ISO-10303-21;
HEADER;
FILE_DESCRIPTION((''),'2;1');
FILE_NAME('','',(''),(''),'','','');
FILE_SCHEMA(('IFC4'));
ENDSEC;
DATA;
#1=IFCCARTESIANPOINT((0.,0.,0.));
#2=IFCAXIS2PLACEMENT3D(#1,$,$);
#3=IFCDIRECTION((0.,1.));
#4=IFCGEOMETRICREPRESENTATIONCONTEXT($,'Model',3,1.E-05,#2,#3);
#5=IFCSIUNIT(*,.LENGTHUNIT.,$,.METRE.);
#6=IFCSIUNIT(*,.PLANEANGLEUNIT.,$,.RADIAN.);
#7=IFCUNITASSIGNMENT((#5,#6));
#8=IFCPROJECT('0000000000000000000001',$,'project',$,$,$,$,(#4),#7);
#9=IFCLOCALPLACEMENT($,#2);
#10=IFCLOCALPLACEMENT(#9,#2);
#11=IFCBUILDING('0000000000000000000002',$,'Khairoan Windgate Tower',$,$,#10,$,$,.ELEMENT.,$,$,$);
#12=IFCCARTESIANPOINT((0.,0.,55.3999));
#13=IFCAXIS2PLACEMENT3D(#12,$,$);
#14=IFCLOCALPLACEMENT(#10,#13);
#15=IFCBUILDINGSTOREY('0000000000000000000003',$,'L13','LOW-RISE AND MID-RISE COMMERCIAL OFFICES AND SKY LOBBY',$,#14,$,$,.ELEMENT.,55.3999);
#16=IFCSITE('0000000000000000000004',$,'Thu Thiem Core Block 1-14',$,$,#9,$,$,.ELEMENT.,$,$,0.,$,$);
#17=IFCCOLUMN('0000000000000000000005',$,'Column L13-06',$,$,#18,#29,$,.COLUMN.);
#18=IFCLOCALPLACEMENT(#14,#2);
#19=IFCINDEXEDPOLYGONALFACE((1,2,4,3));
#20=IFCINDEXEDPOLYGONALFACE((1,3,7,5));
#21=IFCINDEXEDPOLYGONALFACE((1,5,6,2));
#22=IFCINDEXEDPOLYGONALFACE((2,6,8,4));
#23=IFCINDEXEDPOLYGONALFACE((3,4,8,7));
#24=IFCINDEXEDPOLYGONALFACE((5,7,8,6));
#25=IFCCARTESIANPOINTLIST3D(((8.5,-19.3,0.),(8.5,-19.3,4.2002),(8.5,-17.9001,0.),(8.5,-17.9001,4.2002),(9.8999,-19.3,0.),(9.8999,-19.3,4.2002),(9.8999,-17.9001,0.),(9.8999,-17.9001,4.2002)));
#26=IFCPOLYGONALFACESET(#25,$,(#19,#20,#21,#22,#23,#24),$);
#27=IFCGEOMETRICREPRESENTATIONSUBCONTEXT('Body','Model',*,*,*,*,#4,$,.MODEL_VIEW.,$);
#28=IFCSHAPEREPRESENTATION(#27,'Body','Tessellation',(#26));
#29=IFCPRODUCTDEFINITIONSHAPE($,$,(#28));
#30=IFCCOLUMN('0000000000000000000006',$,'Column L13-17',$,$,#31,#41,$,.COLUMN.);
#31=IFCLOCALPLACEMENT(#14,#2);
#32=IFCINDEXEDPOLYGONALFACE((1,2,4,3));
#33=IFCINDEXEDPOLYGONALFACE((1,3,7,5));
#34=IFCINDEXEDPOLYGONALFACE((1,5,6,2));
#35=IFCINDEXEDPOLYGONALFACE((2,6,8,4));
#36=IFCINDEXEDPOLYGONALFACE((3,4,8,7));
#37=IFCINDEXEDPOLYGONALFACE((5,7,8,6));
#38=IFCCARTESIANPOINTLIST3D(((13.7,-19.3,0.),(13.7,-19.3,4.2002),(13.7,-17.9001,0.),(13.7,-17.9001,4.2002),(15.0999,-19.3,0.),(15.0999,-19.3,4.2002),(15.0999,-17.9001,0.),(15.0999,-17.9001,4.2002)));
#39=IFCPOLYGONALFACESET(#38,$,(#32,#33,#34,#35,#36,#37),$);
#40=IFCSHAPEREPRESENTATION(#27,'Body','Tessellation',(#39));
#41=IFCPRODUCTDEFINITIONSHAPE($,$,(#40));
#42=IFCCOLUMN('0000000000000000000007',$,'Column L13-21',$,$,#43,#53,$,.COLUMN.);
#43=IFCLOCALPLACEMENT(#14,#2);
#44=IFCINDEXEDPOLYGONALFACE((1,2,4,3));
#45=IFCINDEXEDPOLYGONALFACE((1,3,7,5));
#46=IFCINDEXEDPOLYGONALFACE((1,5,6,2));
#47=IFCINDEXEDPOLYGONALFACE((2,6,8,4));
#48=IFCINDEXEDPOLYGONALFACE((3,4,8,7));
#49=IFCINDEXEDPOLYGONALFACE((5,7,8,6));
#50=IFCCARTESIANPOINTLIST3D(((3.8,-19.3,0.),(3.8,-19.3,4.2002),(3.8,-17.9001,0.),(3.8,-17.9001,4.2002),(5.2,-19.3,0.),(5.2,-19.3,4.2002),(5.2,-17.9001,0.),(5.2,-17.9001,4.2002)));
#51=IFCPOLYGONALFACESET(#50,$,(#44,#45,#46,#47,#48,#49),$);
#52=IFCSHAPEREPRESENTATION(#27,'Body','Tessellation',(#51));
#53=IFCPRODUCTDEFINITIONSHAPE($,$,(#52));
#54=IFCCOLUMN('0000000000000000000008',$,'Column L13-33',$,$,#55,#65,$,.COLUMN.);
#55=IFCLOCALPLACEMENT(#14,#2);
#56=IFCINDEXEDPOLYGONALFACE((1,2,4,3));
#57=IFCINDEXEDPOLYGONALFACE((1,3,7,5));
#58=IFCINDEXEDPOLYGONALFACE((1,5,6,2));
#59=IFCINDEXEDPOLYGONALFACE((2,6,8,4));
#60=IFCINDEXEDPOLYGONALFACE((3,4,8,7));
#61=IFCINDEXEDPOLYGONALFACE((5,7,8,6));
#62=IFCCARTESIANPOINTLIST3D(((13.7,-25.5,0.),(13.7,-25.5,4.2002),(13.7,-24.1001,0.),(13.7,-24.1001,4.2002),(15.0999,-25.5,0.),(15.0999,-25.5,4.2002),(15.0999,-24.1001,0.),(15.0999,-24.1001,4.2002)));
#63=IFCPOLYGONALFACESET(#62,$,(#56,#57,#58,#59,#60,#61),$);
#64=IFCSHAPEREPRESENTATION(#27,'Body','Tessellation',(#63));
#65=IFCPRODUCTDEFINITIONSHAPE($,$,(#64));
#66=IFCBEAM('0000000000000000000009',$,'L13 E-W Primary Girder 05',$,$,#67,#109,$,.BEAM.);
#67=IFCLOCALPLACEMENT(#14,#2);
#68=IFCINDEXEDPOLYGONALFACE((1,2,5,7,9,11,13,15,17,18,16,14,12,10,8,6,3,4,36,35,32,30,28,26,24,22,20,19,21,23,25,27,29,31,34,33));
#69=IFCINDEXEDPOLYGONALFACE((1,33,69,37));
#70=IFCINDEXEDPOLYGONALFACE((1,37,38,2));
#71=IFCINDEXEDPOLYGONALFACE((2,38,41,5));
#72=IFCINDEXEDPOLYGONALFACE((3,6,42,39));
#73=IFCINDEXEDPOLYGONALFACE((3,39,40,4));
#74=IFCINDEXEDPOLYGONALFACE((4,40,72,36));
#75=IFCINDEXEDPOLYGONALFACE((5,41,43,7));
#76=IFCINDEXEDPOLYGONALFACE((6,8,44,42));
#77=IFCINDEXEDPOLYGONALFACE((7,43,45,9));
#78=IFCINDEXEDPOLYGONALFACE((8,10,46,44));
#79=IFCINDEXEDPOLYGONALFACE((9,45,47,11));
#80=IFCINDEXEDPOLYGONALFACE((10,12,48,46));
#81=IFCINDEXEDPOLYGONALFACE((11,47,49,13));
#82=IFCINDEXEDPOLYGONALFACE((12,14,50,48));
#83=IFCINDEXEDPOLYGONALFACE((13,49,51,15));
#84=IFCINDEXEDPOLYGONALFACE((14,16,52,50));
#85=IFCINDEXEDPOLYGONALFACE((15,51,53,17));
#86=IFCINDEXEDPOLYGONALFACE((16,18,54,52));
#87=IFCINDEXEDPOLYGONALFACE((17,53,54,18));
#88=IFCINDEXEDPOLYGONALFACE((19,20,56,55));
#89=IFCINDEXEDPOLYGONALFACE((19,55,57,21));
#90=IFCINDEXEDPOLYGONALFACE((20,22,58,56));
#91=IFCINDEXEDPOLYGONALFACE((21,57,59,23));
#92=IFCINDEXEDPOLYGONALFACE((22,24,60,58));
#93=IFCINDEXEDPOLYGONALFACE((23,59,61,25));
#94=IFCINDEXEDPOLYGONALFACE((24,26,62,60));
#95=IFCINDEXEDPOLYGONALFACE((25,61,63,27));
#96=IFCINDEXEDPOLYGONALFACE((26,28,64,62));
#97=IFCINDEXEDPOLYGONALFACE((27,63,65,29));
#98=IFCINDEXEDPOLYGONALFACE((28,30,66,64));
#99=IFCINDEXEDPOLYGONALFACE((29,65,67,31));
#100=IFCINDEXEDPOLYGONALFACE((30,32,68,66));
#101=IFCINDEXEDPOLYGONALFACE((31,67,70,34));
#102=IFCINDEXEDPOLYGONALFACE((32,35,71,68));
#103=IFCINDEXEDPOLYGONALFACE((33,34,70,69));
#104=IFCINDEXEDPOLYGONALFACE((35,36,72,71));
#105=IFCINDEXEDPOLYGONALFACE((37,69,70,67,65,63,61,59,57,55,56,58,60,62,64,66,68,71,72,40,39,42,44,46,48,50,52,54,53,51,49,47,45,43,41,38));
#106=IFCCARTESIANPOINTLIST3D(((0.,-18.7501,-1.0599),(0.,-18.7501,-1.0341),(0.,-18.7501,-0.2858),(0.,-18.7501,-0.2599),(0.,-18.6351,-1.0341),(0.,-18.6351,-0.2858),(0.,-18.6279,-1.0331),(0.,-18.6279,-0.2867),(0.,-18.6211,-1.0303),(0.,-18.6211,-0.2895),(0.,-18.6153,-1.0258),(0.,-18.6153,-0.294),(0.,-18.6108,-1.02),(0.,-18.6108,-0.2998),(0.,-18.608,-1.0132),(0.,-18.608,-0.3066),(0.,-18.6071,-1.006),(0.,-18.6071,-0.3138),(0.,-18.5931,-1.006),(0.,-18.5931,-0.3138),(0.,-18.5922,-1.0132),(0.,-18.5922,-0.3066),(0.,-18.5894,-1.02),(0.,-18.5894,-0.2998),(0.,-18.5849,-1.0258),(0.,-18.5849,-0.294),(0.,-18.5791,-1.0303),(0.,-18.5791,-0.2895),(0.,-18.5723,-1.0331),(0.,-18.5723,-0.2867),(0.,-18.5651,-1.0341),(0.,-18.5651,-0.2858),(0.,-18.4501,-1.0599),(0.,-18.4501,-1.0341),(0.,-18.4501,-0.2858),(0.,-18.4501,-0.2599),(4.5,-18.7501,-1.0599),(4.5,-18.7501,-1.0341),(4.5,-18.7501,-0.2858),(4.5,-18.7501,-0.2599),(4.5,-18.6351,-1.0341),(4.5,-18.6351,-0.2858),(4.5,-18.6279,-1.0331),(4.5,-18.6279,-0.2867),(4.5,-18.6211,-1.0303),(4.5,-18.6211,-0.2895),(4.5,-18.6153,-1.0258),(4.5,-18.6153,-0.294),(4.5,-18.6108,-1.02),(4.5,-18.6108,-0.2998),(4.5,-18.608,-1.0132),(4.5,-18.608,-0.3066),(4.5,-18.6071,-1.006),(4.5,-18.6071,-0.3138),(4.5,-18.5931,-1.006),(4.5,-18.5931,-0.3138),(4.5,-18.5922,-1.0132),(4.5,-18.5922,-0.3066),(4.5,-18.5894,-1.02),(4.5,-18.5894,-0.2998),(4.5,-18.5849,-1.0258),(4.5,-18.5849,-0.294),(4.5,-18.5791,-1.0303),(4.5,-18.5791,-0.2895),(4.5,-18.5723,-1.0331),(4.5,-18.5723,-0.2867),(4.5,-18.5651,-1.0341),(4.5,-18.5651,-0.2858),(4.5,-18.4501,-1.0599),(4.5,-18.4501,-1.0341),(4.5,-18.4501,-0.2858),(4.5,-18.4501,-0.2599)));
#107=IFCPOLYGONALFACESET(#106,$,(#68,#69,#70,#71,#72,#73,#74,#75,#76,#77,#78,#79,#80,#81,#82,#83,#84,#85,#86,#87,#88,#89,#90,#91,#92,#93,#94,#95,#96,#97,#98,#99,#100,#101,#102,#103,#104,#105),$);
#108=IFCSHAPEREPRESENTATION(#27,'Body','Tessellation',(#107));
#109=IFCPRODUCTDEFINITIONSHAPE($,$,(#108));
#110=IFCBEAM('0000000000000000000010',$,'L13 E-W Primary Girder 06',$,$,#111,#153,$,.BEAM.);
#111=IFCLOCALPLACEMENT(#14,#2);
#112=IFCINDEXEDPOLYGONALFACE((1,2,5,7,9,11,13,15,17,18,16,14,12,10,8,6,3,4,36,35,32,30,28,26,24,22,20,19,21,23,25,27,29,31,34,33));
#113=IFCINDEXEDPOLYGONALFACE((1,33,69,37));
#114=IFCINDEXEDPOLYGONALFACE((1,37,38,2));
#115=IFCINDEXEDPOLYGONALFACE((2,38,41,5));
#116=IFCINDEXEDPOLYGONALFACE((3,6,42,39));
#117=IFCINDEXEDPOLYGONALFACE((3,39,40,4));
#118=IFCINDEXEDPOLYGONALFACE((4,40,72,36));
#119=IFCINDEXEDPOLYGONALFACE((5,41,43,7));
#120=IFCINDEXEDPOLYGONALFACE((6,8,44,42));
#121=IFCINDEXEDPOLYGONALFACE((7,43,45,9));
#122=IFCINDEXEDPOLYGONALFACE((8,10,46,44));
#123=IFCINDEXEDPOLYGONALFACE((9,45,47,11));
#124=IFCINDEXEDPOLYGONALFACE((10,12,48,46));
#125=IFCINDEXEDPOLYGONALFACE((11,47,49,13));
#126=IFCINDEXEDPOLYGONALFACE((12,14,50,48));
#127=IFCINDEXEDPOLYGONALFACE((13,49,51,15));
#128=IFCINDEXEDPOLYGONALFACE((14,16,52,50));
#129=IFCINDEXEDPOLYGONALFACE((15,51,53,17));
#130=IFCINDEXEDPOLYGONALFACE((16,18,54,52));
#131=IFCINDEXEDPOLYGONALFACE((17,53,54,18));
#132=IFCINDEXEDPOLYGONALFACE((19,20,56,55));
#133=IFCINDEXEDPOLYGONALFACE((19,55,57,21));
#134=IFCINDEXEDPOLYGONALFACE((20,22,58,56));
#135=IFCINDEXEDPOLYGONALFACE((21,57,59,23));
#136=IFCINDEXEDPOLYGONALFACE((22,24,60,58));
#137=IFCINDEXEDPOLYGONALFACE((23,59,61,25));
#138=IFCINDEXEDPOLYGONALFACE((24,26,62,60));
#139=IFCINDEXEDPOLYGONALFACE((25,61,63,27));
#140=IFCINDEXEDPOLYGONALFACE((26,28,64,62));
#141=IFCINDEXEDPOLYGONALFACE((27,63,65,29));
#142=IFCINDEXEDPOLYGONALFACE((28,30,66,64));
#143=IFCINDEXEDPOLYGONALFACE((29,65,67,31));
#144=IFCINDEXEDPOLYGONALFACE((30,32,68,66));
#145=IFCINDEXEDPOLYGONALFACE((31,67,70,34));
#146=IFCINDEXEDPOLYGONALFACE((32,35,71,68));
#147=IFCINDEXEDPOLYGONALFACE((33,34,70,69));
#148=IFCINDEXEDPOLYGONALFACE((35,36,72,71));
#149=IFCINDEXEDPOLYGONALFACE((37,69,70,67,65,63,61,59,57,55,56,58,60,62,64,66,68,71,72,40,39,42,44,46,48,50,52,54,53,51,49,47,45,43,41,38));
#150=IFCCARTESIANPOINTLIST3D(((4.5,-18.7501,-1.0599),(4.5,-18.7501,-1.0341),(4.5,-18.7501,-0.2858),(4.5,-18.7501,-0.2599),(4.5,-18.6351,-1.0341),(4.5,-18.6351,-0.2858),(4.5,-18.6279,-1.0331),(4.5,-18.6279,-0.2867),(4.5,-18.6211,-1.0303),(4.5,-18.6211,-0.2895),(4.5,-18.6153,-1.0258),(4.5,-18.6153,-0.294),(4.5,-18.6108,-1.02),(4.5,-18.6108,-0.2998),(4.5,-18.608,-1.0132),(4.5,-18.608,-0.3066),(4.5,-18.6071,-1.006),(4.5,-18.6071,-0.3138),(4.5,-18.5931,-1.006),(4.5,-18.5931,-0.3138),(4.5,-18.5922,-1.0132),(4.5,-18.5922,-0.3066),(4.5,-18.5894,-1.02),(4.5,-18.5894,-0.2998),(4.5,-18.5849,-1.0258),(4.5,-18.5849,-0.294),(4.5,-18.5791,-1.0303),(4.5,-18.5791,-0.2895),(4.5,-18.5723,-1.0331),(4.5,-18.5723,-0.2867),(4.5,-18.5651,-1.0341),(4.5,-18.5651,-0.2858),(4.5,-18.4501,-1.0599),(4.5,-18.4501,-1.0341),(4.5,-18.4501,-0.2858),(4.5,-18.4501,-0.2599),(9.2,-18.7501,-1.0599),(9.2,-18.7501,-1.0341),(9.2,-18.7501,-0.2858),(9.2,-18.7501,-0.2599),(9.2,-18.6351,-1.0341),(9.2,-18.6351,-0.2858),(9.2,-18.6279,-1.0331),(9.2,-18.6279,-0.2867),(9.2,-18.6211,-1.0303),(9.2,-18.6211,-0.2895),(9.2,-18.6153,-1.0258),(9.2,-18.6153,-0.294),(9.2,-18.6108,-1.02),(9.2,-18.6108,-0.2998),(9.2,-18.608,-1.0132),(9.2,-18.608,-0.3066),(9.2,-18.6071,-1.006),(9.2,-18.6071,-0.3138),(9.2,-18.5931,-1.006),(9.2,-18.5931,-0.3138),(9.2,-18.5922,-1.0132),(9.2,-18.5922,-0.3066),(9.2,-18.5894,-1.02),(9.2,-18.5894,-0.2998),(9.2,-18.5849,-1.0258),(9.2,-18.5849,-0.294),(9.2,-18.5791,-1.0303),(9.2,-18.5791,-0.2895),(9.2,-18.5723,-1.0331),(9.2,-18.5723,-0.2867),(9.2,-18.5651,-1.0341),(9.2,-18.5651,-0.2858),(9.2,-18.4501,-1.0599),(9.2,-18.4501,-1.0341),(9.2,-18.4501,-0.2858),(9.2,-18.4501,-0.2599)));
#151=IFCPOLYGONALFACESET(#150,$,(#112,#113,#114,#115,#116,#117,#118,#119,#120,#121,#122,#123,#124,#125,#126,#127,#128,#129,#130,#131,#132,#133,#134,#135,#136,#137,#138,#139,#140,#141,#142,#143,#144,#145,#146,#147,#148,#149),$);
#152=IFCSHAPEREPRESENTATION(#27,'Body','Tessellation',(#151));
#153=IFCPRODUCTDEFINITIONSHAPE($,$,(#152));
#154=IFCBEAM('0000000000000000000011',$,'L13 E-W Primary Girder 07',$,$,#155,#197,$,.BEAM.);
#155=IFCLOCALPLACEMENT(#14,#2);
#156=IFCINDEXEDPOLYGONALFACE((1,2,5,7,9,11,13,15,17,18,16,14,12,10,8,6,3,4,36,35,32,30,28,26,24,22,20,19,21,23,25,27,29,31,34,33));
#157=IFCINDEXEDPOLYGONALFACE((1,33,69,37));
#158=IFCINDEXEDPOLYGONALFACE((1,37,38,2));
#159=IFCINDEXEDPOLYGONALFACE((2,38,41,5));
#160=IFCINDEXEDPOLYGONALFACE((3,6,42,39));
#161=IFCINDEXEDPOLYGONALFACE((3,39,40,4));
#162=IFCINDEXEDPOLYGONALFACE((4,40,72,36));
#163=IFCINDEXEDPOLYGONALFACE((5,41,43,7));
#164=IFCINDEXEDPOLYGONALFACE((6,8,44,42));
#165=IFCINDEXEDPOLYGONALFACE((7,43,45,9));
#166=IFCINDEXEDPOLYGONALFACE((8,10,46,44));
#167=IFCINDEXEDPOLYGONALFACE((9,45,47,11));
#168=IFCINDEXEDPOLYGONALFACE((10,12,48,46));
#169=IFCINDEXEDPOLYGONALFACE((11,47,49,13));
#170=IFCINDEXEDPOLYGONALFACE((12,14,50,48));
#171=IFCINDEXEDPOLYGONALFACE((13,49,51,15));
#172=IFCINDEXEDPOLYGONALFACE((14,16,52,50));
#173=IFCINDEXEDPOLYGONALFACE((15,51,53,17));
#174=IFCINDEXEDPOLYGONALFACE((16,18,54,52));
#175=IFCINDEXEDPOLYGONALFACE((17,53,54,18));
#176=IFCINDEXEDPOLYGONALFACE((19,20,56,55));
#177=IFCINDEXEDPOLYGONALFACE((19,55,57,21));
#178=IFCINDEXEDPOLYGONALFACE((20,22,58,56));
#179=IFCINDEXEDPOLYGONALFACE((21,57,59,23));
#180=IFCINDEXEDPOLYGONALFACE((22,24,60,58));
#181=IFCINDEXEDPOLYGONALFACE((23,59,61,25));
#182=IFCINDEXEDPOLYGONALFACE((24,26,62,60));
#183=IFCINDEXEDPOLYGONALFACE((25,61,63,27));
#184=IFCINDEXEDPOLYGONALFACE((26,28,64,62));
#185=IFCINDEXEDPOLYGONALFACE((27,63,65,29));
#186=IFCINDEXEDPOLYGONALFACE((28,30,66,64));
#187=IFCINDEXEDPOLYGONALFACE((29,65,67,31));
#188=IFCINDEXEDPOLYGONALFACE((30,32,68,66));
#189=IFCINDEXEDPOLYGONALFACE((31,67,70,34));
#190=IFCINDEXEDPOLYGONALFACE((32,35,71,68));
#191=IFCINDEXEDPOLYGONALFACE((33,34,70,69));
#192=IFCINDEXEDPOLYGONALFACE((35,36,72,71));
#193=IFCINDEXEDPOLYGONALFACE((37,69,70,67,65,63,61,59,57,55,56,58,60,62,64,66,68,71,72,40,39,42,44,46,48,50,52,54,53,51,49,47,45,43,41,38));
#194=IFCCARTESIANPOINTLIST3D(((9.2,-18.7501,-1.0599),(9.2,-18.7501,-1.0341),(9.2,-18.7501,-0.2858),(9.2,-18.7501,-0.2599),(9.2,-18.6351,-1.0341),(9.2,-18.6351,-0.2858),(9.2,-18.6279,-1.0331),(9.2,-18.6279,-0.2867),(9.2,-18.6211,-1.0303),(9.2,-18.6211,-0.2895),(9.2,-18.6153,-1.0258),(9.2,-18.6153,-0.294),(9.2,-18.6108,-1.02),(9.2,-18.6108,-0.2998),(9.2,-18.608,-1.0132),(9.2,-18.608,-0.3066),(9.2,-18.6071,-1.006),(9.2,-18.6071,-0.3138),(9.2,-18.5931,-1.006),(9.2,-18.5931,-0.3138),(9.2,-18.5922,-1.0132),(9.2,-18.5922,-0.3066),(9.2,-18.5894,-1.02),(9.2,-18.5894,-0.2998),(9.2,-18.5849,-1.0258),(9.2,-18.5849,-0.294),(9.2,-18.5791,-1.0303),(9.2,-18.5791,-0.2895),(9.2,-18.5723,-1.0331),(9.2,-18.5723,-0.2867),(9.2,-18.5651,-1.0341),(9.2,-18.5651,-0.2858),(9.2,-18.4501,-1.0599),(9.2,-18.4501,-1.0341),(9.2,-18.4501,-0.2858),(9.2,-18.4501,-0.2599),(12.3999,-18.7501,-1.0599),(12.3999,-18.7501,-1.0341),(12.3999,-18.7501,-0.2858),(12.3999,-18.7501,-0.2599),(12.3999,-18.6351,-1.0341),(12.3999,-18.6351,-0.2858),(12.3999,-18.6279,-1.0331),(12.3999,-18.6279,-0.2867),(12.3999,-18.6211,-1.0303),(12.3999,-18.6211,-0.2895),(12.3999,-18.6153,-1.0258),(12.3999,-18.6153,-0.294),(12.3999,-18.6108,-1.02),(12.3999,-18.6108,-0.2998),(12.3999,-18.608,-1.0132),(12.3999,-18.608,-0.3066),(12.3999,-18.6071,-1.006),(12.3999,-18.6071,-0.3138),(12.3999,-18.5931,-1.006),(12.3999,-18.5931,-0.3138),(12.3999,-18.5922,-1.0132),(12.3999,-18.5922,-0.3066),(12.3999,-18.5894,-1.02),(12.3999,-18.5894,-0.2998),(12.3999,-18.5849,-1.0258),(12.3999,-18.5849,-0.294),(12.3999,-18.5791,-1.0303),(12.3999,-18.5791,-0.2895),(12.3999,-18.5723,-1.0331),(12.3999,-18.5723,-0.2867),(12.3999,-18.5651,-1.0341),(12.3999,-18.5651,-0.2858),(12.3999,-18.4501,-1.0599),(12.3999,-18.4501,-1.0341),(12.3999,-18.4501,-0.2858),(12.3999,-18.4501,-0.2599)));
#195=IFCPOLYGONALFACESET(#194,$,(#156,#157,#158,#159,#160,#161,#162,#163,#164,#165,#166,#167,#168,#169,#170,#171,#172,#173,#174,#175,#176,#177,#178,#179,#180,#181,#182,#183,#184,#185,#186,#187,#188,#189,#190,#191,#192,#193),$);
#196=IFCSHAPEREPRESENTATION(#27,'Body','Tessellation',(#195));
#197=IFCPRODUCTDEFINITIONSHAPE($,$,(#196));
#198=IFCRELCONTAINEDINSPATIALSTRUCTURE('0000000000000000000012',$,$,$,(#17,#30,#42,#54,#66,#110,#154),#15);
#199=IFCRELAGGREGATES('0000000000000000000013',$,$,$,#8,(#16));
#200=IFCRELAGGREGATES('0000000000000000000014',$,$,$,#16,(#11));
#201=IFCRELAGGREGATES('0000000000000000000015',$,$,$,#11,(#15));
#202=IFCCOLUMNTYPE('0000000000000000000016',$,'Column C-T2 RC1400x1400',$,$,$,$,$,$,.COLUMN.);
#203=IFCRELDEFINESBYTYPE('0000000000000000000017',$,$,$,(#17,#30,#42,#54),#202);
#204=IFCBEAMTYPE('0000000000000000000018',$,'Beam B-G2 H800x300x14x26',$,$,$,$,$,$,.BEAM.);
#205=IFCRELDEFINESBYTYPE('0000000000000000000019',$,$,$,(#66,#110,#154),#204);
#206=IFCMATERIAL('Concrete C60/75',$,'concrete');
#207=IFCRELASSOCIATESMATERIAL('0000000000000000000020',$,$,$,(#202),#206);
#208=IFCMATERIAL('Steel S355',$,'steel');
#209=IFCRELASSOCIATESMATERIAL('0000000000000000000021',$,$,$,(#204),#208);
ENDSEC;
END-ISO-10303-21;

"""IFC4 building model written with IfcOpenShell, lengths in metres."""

from ifc_helpers import new_model, si_unit, direction, frame, origin, origin_2d, place, context, subcontext, project, spatial, rectangle, i_section, extrude, material, material_profile, profile_set, type_object, element, save


model = new_model("IFC4")

# Units and contexts
model_context = context("Model", 3, precision=1e-05, world=origin(), true_north=direction((0.0, 1.0)))
body_context = subcontext(model_context, "Body", "Model", "MODEL_VIEW")
ifc_project = project(units=[si_unit("LENGTHUNIT", "METRE"), si_unit("PLANEANGLEUNIT", "RADIAN")], contexts=[model_context])

# Site, building, storey
site_placement = place(None, origin())
site = spatial("IfcSite", under=ifc_project, at=site_placement, Name="Thu Thiem Core Block 1-14", CompositionType="ELEMENT", RefElevation=0.0)
building_placement = place(site_placement, origin())
building = spatial("IfcBuilding", under=site, at=building_placement, Name="Khairoan Windgate Tower", CompositionType="ELEMENT")
storey_placement = place(building_placement, frame((0.0, 0.0, 55.3999)))
storey = spatial("IfcBuildingStorey", under=building, at=storey_placement, Name="L13", Description="LOW-RISE AND MID-RISE COMMERCIAL OFFICES AND SKY LOBBY", CompositionType="ELEMENT", Elevation=55.3999)

# Columns
ifc_material_1 = material(Name="Concrete C60/75", Category="concrete")
ifc_material_profile_1 = material_profile(ifc_material_1, rectangle(XDim=1.3999, YDim=1.3999, at=origin_2d()))
ifc_profile_set_1 = profile_set([ifc_material_profile_1], Name="Concrete C60/75")
column_type = type_object("IfcColumnType", Name="Column C-T2 RC1400x1400", PredefinedType="COLUMN", material=ifc_profile_set_1)
for number, where, z_axis, x_axis, name in (
    (1, (9.2, -18.6001, 0.0), (0.0, 0.0, 1.0), (1.0, 0.0, 0.0), "Column L13-06"),
    (2, (14.3999, -18.6001, 0.0), (0.0, 0.0, 1.0), (1.0, 0.0, 0.0), "Column L13-17"),
    (3, (4.5, -18.6001, 0.0), (0.0, 0.0, 1.0), (1.0, 0.0, 0.0), "Column L13-21"),
    (4, (14.3999, -24.8, 0.0), (0.0, 0.0, 1.0), (1.0, 0.0, 0.0), "Column L13-33"),
):
    element("IfcColumn", number, at=place(storey_placement, frame(where, z_axis=z_axis, x_axis=x_axis)), inside=storey, type_object=column_type, Name=name, PredefinedType="COLUMN", context=body_context, shape_type="SweptSolid", body=[
        extrude(rectangle(XDim=1.3999, YDim=1.3999, at=origin_2d()), origin(), (0.0, 0.0, 1.0), 4.2002),
    ])

# Beams
ifc_material_2 = material(Name="Steel S355", Category="steel")
ifc_material_profile_2 = material_profile(ifc_material_2, i_section(OverallWidth=0.3, OverallDepth=0.8, WebThickness=0.0139, FlangeThickness=0.0259, FilletRadius=0.0281, at=origin_2d()))
ifc_profile_set_2 = profile_set([ifc_material_profile_2], Name="Steel S355")
beam_type_1 = type_object("IfcBeamType", Name="Beam B-G2 H800x300x14x26", PredefinedType="BEAM", material=ifc_profile_set_2)
beam_1_placement = place(storey_placement, frame((0.0, -18.6001, -0.6599), z_axis=(1.0, 0.0, 0.0), x_axis=(0.0, 1.0, 0.0)))
element("IfcBeam", 5, at=beam_1_placement, inside=storey, type_object=beam_type_1, Name="L13 E-W Primary Girder 05", PredefinedType="BEAM", context=body_context, shape_type="SweptSolid", body=[
    extrude(i_section(OverallWidth=0.3, OverallDepth=0.8, WebThickness=0.0139, FlangeThickness=0.0259, FilletRadius=0.0281, at=origin_2d()), origin(), (0.0, 0.0, 1.0), 4.5),
])
beam_2_placement = place(storey_placement, frame((4.5, -18.6001, -0.6599), z_axis=(1.0, 0.0, 0.0), x_axis=(0.0, 1.0, 0.0)))
element("IfcBeam", 6, at=beam_2_placement, inside=storey, type_object=beam_type_1, Name="L13 E-W Primary Girder 06", PredefinedType="BEAM", context=body_context, shape_type="SweptSolid", body=[
    extrude(i_section(OverallWidth=0.3, OverallDepth=0.8, WebThickness=0.0139, FlangeThickness=0.0259, FilletRadius=0.0281, at=origin_2d()), origin(), (0.0, 0.0, 1.0), 4.7),
])
beam_3_placement = place(storey_placement, frame((9.2, -18.6001, -0.6599), z_axis=(1.0, 0.0, 0.0), x_axis=(0.0, 1.0, 0.0)))
element("IfcBeam", 7, at=beam_3_placement, inside=storey, type_object=beam_type_1, Name="L13 E-W Primary Girder 07", PredefinedType="BEAM", context=body_context, shape_type="SweptSolid", body=[
    extrude(i_section(OverallWidth=0.3, OverallDepth=0.8, WebThickness=0.0139, FlangeThickness=0.0259, FilletRadius=0.0281, at=origin_2d()), origin(), (0.0, 0.0, 1.0), 3.2),
])

save(model, "model.ifc")
